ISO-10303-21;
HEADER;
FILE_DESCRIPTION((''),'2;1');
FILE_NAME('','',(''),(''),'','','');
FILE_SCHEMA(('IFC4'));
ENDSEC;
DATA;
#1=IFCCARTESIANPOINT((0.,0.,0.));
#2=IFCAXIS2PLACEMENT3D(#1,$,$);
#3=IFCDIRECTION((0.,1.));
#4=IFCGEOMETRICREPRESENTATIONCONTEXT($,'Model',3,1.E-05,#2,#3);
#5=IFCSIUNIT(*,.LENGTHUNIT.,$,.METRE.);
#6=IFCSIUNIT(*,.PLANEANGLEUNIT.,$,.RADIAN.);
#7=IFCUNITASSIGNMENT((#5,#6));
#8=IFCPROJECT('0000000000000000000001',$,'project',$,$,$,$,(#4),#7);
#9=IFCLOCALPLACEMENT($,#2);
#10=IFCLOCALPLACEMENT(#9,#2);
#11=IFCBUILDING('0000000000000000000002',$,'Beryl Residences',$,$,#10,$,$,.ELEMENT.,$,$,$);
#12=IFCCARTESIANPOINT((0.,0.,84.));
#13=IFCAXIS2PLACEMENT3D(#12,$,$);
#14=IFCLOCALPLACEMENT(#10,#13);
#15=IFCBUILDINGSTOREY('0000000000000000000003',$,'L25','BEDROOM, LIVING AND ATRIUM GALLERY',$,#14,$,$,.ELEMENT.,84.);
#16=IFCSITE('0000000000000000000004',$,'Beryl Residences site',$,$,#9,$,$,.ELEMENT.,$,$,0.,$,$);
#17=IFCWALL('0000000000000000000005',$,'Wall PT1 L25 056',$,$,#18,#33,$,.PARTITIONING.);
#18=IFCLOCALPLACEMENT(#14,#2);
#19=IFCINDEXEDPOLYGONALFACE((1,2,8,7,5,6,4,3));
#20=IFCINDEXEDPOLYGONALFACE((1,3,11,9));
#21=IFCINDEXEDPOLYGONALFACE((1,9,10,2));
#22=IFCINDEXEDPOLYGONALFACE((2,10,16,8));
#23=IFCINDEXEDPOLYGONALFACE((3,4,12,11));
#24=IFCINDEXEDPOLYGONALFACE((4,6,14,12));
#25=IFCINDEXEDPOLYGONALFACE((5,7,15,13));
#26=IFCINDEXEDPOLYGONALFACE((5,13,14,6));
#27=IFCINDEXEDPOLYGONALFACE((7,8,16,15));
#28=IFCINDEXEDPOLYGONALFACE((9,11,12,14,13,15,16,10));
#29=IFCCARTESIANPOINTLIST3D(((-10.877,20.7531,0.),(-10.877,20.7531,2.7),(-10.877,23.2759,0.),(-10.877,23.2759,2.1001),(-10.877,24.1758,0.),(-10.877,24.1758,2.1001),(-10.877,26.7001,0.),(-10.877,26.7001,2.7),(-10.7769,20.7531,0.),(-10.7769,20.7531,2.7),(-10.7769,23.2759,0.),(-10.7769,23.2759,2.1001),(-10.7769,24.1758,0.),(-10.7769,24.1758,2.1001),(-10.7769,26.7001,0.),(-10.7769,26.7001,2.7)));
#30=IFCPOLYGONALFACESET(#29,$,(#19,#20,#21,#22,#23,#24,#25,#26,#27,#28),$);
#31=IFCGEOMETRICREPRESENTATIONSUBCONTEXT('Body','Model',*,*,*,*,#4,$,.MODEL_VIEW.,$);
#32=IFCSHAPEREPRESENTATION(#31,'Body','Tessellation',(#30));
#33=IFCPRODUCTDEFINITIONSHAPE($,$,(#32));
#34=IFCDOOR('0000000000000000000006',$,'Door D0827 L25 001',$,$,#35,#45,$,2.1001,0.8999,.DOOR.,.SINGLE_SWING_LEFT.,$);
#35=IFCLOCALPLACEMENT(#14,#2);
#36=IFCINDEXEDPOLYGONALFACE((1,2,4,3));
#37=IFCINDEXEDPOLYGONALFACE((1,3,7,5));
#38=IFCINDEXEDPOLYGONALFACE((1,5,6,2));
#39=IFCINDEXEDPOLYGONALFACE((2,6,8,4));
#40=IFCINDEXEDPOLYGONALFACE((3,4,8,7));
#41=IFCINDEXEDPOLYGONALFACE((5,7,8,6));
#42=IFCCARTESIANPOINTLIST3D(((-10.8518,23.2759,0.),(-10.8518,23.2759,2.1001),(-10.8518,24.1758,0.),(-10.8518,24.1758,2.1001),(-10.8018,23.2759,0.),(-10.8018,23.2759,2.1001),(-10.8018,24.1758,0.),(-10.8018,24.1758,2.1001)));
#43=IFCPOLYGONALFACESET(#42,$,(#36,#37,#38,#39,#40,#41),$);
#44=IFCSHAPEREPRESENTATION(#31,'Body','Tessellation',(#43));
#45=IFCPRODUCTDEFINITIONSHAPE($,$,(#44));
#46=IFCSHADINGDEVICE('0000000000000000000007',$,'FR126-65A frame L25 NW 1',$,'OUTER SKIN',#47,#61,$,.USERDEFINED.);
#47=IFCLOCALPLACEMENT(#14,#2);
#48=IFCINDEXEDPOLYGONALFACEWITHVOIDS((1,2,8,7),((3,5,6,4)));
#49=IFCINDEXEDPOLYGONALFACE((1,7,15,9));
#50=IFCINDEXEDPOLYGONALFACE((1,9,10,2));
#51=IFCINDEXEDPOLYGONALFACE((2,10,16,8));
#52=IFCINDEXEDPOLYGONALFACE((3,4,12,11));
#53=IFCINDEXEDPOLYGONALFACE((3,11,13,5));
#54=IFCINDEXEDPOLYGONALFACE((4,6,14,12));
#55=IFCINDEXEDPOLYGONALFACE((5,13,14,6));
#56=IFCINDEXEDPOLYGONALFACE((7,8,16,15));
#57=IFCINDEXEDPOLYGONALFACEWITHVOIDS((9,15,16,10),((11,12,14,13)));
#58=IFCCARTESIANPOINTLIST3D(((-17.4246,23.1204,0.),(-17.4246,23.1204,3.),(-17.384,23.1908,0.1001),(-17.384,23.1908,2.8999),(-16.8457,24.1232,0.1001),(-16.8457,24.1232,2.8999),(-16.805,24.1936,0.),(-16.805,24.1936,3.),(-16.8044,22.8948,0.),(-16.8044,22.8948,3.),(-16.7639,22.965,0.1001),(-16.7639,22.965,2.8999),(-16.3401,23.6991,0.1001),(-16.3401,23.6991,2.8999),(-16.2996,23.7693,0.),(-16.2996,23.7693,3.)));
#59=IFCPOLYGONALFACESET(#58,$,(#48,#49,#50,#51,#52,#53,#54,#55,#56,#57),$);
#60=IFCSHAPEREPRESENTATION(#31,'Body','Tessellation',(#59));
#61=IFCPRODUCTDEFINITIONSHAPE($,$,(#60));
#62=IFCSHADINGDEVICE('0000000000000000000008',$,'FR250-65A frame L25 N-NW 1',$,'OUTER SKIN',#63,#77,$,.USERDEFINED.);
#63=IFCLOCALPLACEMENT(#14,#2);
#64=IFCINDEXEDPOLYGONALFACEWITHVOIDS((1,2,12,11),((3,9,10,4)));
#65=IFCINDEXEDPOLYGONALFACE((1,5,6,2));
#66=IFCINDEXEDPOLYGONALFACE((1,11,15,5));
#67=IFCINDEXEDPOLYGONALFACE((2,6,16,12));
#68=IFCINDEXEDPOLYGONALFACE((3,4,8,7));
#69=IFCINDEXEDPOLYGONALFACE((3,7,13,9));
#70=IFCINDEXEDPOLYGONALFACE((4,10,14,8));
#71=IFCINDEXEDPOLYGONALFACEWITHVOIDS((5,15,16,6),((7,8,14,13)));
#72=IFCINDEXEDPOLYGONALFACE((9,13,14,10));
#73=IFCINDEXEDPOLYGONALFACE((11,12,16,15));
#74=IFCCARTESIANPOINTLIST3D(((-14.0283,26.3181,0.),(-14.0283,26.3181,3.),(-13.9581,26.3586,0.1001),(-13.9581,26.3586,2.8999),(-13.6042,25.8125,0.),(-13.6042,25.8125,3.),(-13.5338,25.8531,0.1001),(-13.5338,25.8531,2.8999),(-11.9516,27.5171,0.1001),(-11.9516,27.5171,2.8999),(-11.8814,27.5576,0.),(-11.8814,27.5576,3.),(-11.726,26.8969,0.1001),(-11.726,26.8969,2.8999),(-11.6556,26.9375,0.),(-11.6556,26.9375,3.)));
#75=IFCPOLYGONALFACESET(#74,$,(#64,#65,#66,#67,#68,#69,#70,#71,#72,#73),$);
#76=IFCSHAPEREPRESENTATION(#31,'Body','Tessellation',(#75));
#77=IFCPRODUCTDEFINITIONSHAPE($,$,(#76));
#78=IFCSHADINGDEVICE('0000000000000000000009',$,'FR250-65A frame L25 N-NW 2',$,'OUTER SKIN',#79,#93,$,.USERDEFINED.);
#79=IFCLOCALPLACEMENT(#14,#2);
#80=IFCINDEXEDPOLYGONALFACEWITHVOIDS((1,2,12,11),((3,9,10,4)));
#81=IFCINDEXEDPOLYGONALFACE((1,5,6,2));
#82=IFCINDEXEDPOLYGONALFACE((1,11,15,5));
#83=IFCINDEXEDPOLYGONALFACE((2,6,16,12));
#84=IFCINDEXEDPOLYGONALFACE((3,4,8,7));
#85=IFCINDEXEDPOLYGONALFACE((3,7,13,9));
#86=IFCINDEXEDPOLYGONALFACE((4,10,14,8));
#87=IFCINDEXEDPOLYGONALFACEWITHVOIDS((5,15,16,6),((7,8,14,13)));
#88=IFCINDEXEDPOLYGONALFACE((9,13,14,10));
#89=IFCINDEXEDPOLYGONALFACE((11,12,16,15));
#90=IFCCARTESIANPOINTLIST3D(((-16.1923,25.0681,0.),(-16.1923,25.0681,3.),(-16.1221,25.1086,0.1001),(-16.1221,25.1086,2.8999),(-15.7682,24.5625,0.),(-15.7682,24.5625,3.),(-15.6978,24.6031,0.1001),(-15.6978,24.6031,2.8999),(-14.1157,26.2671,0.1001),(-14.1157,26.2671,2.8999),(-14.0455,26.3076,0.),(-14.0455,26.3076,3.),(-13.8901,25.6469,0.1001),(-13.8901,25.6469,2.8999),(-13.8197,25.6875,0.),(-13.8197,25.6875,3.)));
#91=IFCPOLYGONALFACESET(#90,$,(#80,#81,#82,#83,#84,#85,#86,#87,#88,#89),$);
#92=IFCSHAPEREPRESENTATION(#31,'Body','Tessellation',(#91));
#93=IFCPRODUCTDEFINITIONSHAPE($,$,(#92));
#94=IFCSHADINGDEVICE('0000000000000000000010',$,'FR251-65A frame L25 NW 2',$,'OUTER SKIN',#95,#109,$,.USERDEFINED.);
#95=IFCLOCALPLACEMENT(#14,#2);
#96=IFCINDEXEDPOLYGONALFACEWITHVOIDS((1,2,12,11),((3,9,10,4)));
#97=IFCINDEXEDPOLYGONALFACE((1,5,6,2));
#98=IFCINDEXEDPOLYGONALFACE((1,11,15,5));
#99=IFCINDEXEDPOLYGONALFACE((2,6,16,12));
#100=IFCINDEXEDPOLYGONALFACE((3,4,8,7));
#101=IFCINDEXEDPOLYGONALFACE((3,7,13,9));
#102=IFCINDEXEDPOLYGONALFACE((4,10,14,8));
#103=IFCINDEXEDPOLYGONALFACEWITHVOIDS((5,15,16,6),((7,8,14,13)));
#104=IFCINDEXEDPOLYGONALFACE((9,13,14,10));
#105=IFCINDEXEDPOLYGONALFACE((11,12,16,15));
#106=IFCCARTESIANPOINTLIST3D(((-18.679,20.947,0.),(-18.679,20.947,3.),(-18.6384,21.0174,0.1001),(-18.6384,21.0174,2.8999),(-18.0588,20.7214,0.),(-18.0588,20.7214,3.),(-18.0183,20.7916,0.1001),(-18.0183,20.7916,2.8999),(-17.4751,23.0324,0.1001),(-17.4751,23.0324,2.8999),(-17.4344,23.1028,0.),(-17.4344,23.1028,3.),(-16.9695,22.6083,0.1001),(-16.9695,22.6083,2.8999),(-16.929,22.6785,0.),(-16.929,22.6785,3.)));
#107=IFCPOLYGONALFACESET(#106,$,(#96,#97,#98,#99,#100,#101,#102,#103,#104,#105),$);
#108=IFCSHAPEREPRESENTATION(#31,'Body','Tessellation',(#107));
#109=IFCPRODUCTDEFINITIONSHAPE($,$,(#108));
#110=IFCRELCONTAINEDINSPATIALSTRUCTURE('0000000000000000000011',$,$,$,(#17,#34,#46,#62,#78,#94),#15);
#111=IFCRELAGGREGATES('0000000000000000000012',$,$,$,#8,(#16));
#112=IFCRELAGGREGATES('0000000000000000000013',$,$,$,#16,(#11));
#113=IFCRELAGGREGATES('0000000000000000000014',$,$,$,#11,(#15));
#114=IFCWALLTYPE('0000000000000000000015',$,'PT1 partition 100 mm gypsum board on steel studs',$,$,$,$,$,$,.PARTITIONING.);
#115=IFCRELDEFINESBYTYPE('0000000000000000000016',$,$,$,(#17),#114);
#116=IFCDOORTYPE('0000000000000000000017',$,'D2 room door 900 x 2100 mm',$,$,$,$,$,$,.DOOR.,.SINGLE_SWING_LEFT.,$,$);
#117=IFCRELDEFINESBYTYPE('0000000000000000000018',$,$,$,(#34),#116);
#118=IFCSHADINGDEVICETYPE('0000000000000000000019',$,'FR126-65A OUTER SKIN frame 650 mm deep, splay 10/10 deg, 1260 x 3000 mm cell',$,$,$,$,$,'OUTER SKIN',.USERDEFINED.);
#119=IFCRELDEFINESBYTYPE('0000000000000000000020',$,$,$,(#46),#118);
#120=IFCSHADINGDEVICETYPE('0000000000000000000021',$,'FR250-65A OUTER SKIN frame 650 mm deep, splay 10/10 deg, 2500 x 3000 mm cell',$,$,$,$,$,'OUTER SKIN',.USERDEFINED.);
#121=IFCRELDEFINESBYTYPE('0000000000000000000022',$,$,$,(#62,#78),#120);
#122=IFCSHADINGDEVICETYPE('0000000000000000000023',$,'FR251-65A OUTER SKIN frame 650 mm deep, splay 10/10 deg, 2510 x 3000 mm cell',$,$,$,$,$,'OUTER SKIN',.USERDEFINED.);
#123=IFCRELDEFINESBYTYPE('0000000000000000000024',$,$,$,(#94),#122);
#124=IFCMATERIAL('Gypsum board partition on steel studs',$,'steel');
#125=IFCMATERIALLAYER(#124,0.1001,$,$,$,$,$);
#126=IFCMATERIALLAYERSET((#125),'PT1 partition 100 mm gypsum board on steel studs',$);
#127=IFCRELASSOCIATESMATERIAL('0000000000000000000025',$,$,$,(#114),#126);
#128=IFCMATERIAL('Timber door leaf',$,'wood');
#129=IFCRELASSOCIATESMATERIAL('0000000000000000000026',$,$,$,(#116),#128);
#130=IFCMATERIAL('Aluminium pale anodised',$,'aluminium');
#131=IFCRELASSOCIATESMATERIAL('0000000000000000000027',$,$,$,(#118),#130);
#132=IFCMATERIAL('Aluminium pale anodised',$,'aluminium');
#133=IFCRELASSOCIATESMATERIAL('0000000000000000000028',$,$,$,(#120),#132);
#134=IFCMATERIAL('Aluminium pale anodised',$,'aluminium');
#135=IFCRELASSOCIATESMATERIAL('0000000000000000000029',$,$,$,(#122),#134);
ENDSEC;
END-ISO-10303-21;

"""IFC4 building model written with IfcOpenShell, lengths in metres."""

from ifc_helpers import new_model, entity, si_unit, direction, frame, frame_2d, origin, place, context, subcontext, project, spatial, rectangle, extrude, source, transform, mapped, material, layer, layer_set, type_object, type_shapes, element, fill, save


model = new_model("IFC4")

# Units and contexts
model_context = context("Model", 3, precision=1e-05, world=origin(), true_north=direction((0.0, 1.0)))
body_context = subcontext(model_context, "Body", "Model", "MODEL_VIEW")
ifc_project = project(units=[si_unit("LENGTHUNIT", "METRE"), si_unit("PLANEANGLEUNIT", "RADIAN")], contexts=[model_context])

# Site, building, storey
site_placement = place(None, origin())
site = spatial("IfcSite", under=ifc_project, at=site_placement, Name="Beryl Residences site", CompositionType="ELEMENT", RefElevation=0.0)
building_placement = place(site_placement, origin())
building = spatial("IfcBuilding", under=site, at=building_placement, Name="Beryl Residences", CompositionType="ELEMENT")
storey_placement = place(building_placement, frame((0.0, 0.0, 84.0)))
storey = spatial("IfcBuildingStorey", under=building, at=storey_placement, Name="L25", Description="BEDROOM, LIVING AND ATRIUM GALLERY", CompositionType="ELEMENT", Elevation=84.0)

# Wall, opening, door
ifc_material_1 = material(Name="Gypsum board partition on steel studs", Category="steel")
ifc_layer_1 = layer(ifc_material_1, 0.1001)
ifc_layer_set_1 = layer_set([ifc_layer_1], Name="PT1 partition 100 mm gypsum board on steel studs")
wall_type_1 = type_object("IfcWallType", Name="PT1 partition 100 mm gypsum board on steel studs", PredefinedType="PARTITIONING", material=ifc_layer_set_1)
ifc_material_2 = material(Name="Timber door leaf", Category="wood")
door_type = type_object("IfcDoorType", Name="D2 room door 900 x 2100 mm", OperationType="SINGLE_SWING_LEFT", PredefinedType="DOOR", material=ifc_material_2)
wall_1_placement = place(storey_placement, frame((-10.8269, 20.7529, 0.0), z_axis=(0.0, 0.0, 1.0), x_axis=(0.0, 1.0, 0.0)))
wall_1 = element("IfcWall", 1, at=wall_1_placement, inside=storey, type_object=wall_type_1, Name="Wall PT1 L25 056", PredefinedType="PARTITIONING", context=body_context, shape_type="SweptSolid", body=[
    extrude(rectangle(XDim=5.947, YDim=0.1001, at=frame_2d((2.9736, 0.0))), origin(), (0.0, 0.0, 1.0), 2.7),
])
opening_1_placement = place(wall_1_placement, frame((2.5229, 0.0, 0.0)))
opening_1 = element("IfcOpeningElement", 2, at=opening_1_placement, cuts=wall_1, PredefinedType="OPENING", context=body_context, shape_type="SweptSolid", body=[
    extrude(rectangle(XDim=0.8999, YDim=2.1001, at=frame_2d((0.45, 1.05))), frame((0.0, 0.0601, 0.0), z_axis=(0.0, -1.0, 0.0), x_axis=(1.0, 0.0, 0.0)), (0.0, 0.0, 1.0), 0.1201),
])
door_1_placement = place(opening_1_placement, origin())
door_1 = element("IfcDoor", 3, at=door_1_placement, inside=storey, type_object=door_type, Name="Door D0827 L25 001", OperationType="SINGLE_SWING_LEFT", OverallHeight=2.1001, OverallWidth=0.8999, PredefinedType="DOOR", context=body_context, shape_type="SweptSolid", body=[
    extrude(rectangle(XDim=0.8999, YDim=2.1001, at=frame_2d((0.45, 1.05))), frame((0.0, 0.0249, 0.0), z_axis=(0.0, -1.0, 0.0), x_axis=(1.0, 0.0, 0.0)), (0.0, 0.0, 1.0), 0.05),
])
fill(opening_1, door_1)

# Shading devices
ifc_material_3 = material(Name="Aluminium pale anodised", Category="aluminium")
shading_device_type_1 = type_object("IfcShadingDeviceType", Name="FR126-65A OUTER SKIN frame 650 mm deep, splay 10/10 deg, 1260 x 3000 mm cell", ElementType="OUTER SKIN", PredefinedType="USERDEFINED", material=ifc_material_3)
cartesian_point_1 = entity("IfcCartesianPoint", [-0.5049, 0.0])
cartesian_point_2 = entity("IfcCartesianPoint", [-0.4238, 0.1001])
cartesian_point_3 = entity("IfcCartesianPoint", [-0.6196, 0.0])
cartesian_point_4 = entity("IfcCartesianPoint", [-0.5383, 0.1001])
shared_shape_1 = source(origin(), body_context, "Body", "SweptSolid", [
    entity("IfcExtrudedAreaSolidTapered", entity("IfcArbitraryProfileDefWithVoids", "AREA", None, entity("IfcPolyline", [cartesian_point_1, entity("IfcCartesianPoint", [0.5049, 0.0]), entity("IfcCartesianPoint", [0.5049, 3.0]), entity("IfcCartesianPoint", [-0.5049, 3.0]), cartesian_point_1]), [entity("IfcPolyline", [cartesian_point_2, entity("IfcCartesianPoint", [0.4238, 0.1001]), entity("IfcCartesianPoint", [0.4238, 2.8999]), entity("IfcCartesianPoint", [-0.4238, 2.8999]), cartesian_point_2])]), entity("IfcAxis2Placement3D", entity("IfcCartesianPoint", [0.0, 0.0, 0.0]), entity("IfcDirection", [0.0, 1.0, 0.0]), entity("IfcDirection", [-1.0, 0.0, 0.0])), entity("IfcDirection", [0.0, 0.0, 1.0]), 0.6499, entity("IfcArbitraryProfileDefWithVoids", "AREA", None, entity("IfcPolyline", [cartesian_point_3, entity("IfcCartesianPoint", [0.6196, 0.0]), entity("IfcCartesianPoint", [0.6196, 3.0]), entity("IfcCartesianPoint", [-0.6196, 3.0]), cartesian_point_3]), [entity("IfcPolyline", [cartesian_point_4, entity("IfcCartesianPoint", [0.5383, 0.1001]), entity("IfcCartesianPoint", [0.5383, 2.8999]), entity("IfcCartesianPoint", [-0.5383, 2.8999]), cartesian_point_4])])),
])
type_shapes(shading_device_type_1, [shared_shape_1])
shading_device_1_placement = place(storey_placement, frame((-16.552, 23.332, 0.0), z_axis=(0.0, 0.0, 1.0), x_axis=(0.5, 0.866025, 0.0)))
element("IfcShadingDevice", 4, at=shading_device_1_placement, inside=storey, type_object=shading_device_type_1, Name="FR126-65A frame L25 NW 1", ObjectType="OUTER SKIN", PredefinedType="USERDEFINED", context=body_context, shape_type="MappedRepresentation", body=[
    mapped(shared_shape_1, transform((0.0, 0.0, 0.0))),
])
ifc_material_4 = material(Name="Aluminium pale anodised", Category="aluminium")
shading_device_type_2 = type_object("IfcShadingDeviceType", Name="FR250-65A OUTER SKIN frame 650 mm deep, splay 10/10 deg, 2500 x 3000 mm cell", ElementType="OUTER SKIN", PredefinedType="USERDEFINED", material=ifc_material_4)
cartesian_point_5 = entity("IfcCartesianPoint", [-1.125, 0.0])
cartesian_point_6 = entity("IfcCartesianPoint", [-1.0437, 0.1001])
cartesian_point_7 = entity("IfcCartesianPoint", [-1.2395, 0.0])
cartesian_point_8 = entity("IfcCartesianPoint", [-1.1584, 0.1001])
shared_shape_2 = source(origin(), body_context, "Body", "SweptSolid", [
    entity("IfcExtrudedAreaSolidTapered", entity("IfcArbitraryProfileDefWithVoids", "AREA", None, entity("IfcPolyline", [cartesian_point_5, entity("IfcCartesianPoint", [1.125, 0.0]), entity("IfcCartesianPoint", [1.125, 3.0]), entity("IfcCartesianPoint", [-1.125, 3.0]), cartesian_point_5]), [entity("IfcPolyline", [cartesian_point_6, entity("IfcCartesianPoint", [1.0437, 0.1001]), entity("IfcCartesianPoint", [1.0437, 2.8999]), entity("IfcCartesianPoint", [-1.0437, 2.8999]), cartesian_point_6])]), entity("IfcAxis2Placement3D", entity("IfcCartesianPoint", [0.0, 0.0, 0.0]), entity("IfcDirection", [0.0, 1.0, 0.0]), entity("IfcDirection", [-1.0, 0.0, 0.0])), entity("IfcDirection", [0.0, 0.0, 1.0]), 0.6499, entity("IfcArbitraryProfileDefWithVoids", "AREA", None, entity("IfcPolyline", [cartesian_point_7, entity("IfcCartesianPoint", [1.2395, 0.0]), entity("IfcCartesianPoint", [1.2395, 3.0]), entity("IfcCartesianPoint", [-1.2395, 3.0]), cartesian_point_7]), [entity("IfcPolyline", [cartesian_point_8, entity("IfcCartesianPoint", [1.1584, 0.1001]), entity("IfcCartesianPoint", [1.1584, 2.8999]), entity("IfcCartesianPoint", [-1.1584, 2.8999]), cartesian_point_8])])),
])
type_shapes(shading_device_type_2, [shared_shape_2])
for number, where, z_axis, x_axis, name in (
    (5, (-12.6299, 26.375, 0.0), (0.0, 0.0, 1.0), (0.866025, 0.5, 0.0), "FR250-65A frame L25 N-NW 1"),
    (6, (-14.7939, 25.125, 0.0), (0.0, 0.0, 1.0), (0.866025, 0.5, 0.0), "FR250-65A frame L25 N-NW 2"),
):
    element("IfcShadingDevice", number, at=place(storey_placement, frame(where, z_axis=z_axis, x_axis=x_axis)), inside=storey, type_object=shading_device_type_2, Name=name, ObjectType="OUTER SKIN", PredefinedType="USERDEFINED", context=body_context, shape_type="MappedRepresentation", body=[
        mapped(shared_shape_2, transform((0.0, 0.0, 0.0))),
    ])
ifc_material_5 = material(Name="Aluminium pale anodised", Category="aluminium")
shading_device_type_3 = type_object("IfcShadingDeviceType", Name="FR251-65A OUTER SKIN frame 650 mm deep, splay 10/10 deg, 2510 x 3000 mm cell", ElementType="OUTER SKIN", PredefinedType="USERDEFINED", material=ifc_material_5)
cartesian_point_9 = entity("IfcCartesianPoint", [-1.1299, 0.0])
cartesian_point_10 = entity("IfcCartesianPoint", [-1.0488, 0.1001])
cartesian_point_11 = entity("IfcCartesianPoint", [-1.2446, 0.0])
cartesian_point_12 = entity("IfcCartesianPoint", [-1.1633, 0.1001])
shared_shape_3 = source(origin(), body_context, "Body", "SweptSolid", [
    entity("IfcExtrudedAreaSolidTapered", entity("IfcArbitraryProfileDefWithVoids", "AREA", None, entity("IfcPolyline", [cartesian_point_9, entity("IfcCartesianPoint", [1.1299, 0.0]), entity("IfcCartesianPoint", [1.1299, 3.0]), entity("IfcCartesianPoint", [-1.1299, 3.0]), cartesian_point_9]), [entity("IfcPolyline", [cartesian_point_10, entity("IfcCartesianPoint", [1.0488, 0.1001]), entity("IfcCartesianPoint", [1.0488, 2.8999]), entity("IfcCartesianPoint", [-1.0488, 2.8999]), cartesian_point_10])]), entity("IfcAxis2Placement3D", entity("IfcCartesianPoint", [0.0, 0.0, 0.0]), entity("IfcDirection", [0.0, 1.0, 0.0]), entity("IfcDirection", [-1.0, 0.0, 0.0])), entity("IfcDirection", [0.0, 0.0, 1.0]), 0.6499, entity("IfcArbitraryProfileDefWithVoids", "AREA", None, entity("IfcPolyline", [cartesian_point_11, entity("IfcCartesianPoint", [1.2446, 0.0]), entity("IfcCartesianPoint", [1.2446, 3.0]), entity("IfcCartesianPoint", [-1.2446, 3.0]), cartesian_point_11]), [entity("IfcPolyline", [cartesian_point_12, entity("IfcCartesianPoint", [1.1633, 0.1001]), entity("IfcCartesianPoint", [1.1633, 2.8999]), entity("IfcCartesianPoint", [-1.1633, 2.8999]), cartesian_point_12])])),
])
type_shapes(shading_device_type_3, [shared_shape_3])
shading_device_2_placement = place(storey_placement, frame((-17.4939, 21.7, 0.0), z_axis=(0.0, 0.0, 1.0), x_axis=(0.5, 0.866025, 0.0)))
element("IfcShadingDevice", 7, at=shading_device_2_placement, inside=storey, type_object=shading_device_type_3, Name="FR251-65A frame L25 NW 2", ObjectType="OUTER SKIN", PredefinedType="USERDEFINED", context=body_context, shape_type="MappedRepresentation", body=[
    mapped(shared_shape_3, transform((0.0, 0.0, 0.0))),
])

save(model, "model.ifc")
